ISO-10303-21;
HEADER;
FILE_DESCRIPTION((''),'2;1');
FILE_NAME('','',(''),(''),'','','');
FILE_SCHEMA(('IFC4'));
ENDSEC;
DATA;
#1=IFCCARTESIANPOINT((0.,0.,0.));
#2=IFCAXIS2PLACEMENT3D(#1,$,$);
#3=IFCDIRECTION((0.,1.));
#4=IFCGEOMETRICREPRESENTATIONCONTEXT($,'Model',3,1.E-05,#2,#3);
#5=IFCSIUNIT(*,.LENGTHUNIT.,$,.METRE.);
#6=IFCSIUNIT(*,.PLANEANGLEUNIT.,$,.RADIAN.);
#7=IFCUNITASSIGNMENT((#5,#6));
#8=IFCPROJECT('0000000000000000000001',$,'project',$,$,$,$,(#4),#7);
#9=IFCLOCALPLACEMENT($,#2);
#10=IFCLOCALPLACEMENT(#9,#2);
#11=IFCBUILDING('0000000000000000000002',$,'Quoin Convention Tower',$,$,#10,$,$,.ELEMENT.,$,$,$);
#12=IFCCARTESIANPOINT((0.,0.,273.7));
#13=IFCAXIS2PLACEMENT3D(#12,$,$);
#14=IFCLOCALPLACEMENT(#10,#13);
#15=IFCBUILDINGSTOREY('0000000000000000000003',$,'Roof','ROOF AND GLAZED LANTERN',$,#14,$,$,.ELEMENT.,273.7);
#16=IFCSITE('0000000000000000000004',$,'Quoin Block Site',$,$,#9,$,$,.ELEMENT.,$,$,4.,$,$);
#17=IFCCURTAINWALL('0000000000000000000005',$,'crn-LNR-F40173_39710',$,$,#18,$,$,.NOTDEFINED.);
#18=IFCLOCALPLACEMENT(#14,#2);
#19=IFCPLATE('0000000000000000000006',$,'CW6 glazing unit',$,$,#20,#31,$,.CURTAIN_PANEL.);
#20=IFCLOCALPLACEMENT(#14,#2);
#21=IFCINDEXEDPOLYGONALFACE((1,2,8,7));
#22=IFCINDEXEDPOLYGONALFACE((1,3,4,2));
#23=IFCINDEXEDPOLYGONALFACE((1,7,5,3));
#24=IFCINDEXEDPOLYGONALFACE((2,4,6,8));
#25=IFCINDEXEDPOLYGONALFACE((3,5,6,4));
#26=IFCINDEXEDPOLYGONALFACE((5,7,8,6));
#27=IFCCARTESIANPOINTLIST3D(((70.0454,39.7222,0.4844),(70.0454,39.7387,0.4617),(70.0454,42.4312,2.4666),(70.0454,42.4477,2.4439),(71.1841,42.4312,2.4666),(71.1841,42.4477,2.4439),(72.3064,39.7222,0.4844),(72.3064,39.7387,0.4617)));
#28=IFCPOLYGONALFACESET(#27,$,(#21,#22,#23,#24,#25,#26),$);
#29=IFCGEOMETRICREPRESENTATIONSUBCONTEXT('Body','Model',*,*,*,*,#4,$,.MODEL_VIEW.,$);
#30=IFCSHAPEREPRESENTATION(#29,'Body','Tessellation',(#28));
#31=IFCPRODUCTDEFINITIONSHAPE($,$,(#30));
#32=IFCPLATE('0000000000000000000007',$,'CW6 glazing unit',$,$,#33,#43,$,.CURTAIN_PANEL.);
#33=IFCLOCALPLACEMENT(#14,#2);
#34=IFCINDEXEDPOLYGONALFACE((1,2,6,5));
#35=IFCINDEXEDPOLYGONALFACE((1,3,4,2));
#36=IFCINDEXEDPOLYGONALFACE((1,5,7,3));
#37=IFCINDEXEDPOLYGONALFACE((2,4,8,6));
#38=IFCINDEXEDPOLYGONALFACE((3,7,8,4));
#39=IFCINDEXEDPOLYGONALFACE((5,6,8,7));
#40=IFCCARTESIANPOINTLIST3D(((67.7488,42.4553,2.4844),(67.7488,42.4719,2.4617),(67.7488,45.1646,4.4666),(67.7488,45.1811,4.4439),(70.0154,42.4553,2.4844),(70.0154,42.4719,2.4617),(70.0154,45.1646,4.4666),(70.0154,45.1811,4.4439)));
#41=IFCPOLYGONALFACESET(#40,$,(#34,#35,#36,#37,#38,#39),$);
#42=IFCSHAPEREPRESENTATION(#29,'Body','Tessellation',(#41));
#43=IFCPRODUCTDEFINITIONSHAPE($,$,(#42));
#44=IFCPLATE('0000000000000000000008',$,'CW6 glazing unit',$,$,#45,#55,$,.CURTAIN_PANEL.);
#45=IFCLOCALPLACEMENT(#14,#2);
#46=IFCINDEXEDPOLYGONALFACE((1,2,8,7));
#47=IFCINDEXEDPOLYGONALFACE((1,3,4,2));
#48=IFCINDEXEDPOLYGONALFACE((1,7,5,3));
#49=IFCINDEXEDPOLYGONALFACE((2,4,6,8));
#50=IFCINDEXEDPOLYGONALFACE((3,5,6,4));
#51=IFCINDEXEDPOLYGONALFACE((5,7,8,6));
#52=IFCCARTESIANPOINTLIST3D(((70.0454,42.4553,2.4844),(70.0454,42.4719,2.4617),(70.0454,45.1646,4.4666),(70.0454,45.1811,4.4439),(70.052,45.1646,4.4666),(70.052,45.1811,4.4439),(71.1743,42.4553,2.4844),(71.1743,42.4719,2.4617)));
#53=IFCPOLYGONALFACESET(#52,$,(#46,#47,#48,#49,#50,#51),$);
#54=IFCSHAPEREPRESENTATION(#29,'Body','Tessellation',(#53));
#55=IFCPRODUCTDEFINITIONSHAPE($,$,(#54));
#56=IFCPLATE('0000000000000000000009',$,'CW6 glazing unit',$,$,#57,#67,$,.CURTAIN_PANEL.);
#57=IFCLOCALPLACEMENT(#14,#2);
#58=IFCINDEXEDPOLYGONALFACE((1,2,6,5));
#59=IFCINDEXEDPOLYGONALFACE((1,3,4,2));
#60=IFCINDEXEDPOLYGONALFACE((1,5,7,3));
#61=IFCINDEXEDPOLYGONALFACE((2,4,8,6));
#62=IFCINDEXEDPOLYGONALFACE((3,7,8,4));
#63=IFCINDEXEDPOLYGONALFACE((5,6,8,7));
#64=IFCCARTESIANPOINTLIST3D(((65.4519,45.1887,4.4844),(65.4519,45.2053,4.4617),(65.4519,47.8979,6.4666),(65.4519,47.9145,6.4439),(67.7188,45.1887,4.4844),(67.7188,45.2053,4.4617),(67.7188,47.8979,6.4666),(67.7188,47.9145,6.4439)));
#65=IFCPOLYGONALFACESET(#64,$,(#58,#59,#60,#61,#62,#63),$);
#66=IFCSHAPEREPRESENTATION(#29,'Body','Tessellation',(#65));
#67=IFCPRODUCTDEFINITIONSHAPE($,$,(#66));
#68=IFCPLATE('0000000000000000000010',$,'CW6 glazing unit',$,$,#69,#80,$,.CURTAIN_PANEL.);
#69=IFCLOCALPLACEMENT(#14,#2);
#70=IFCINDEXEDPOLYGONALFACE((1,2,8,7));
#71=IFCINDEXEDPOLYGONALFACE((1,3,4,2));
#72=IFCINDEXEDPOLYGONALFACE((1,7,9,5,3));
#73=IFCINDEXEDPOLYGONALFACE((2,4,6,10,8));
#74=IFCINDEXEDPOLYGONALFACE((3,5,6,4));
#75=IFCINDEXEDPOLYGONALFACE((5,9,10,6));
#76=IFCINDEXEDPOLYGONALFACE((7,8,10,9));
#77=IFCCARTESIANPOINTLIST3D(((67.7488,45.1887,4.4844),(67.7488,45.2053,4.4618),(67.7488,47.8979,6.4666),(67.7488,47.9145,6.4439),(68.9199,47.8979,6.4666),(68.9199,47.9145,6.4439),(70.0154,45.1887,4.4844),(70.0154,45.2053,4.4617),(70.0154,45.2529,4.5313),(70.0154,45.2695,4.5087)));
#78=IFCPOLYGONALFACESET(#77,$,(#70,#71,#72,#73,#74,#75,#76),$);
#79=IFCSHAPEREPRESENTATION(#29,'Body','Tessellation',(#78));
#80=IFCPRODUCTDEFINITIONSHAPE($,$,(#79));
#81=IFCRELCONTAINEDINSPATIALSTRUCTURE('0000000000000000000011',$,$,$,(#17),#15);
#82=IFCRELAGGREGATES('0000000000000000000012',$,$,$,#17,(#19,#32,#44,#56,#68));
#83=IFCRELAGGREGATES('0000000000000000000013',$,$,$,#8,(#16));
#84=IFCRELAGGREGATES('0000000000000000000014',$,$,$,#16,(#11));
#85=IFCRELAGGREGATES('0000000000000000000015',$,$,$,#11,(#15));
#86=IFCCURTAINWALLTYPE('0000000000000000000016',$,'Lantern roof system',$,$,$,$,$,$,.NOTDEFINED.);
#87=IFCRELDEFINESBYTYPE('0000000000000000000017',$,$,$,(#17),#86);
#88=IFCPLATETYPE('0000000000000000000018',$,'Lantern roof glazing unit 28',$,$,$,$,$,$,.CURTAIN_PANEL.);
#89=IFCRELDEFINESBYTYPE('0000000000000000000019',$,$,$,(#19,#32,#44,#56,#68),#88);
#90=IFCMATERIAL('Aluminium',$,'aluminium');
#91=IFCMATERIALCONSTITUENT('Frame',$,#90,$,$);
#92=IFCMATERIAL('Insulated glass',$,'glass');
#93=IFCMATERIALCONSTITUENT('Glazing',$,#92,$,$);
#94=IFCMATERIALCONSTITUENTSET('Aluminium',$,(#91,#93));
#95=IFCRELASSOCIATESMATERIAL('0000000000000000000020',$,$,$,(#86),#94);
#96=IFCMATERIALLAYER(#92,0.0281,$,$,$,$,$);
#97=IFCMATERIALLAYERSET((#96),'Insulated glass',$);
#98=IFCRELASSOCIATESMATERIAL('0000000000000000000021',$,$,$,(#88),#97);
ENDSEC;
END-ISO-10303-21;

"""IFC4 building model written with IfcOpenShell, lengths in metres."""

from ifc_helpers import new_model, si_unit, direction, frame, origin, place, context, subcontext, project, spatial, polyline, outline, extrude, material, layer, layer_set, constituent, constituent_set, type_object, element, aggregate, save


model = new_model("IFC4")

# Units and contexts
model_context = context("Model", 3, precision=1e-05, world=origin(), true_north=direction((0.0, 1.0)))
body_context = subcontext(model_context, "Body", "Model", "MODEL_VIEW")
ifc_project = project(units=[si_unit("LENGTHUNIT", "METRE"), si_unit("PLANEANGLEUNIT", "RADIAN")], contexts=[model_context])

# Site, building, storey
site_placement = place(None, origin())
site = spatial("IfcSite", under=ifc_project, at=site_placement, Name="Quoin Block Site", CompositionType="ELEMENT", RefElevation=4.0)
building_placement = place(site_placement, origin())
building = spatial("IfcBuilding", under=site, at=building_placement, Name="Quoin Convention Tower", CompositionType="ELEMENT")
storey_placement = place(building_placement, frame((0.0, 0.0, 273.7)))
storey = spatial("IfcBuildingStorey", under=building, at=storey_placement, Name="Roof", Description="ROOF AND GLAZED LANTERN", CompositionType="ELEMENT", Elevation=273.7)

# Curtain wall
ifc_material_1 = material(Name="Aluminium", Category="aluminium")
ifc_constituent_1 = constituent(ifc_material_1, Name="Frame")
ifc_material_2 = material(Name="Insulated glass", Category="glass")
ifc_constituent_2 = constituent(ifc_material_2, Name="Glazing")
ifc_constituent_set = constituent_set(constituents=[ifc_constituent_1, ifc_constituent_2], Name="Aluminium")
curtain_wall_type = type_object("IfcCurtainWallType", Name="Lantern roof system", PredefinedType="NOTDEFINED", material=ifc_constituent_set)
curtain_wall_1_placement = place(storey_placement, origin())
curtain_wall_1 = element("IfcCurtainWall", 1, at=curtain_wall_1_placement, inside=storey, type_object=curtain_wall_type, Name="crn-LNR-F40173_39710", PredefinedType="NOTDEFINED")

# Plates
ifc_layer = layer(ifc_material_2, 0.0281)
ifc_layer_set = layer_set([ifc_layer], Name="Insulated glass")
plate_type = type_object("IfcPlateType", Name="Lantern roof glazing unit 28", PredefinedType="CURTAIN_PANEL", material=ifc_layer_set)
plate_1_placement = place(storey_placement, frame((70.0454, 42.4312, 2.4666), z_axis=(0.0, -0.590509, 0.807031), x_axis=(1.0, 0.0, 0.0)))
plate_1 = element("IfcPlate", 2, at=plate_1_placement, type_object=plate_type, Name="CW6 glazing unit", PredefinedType="CURTAIN_PANEL", context=body_context, shape_type="SweptSolid", body=[
    extrude(outline(polyline([(0.0, 0.0), (1.1387, 0.0), (2.261, -3.3567), (0.0, -3.3567), (0.0, 0.0)])), origin(), (0.0, 0.0, -1.0), 0.0281),
])
plate_2_placement = place(storey_placement, frame((67.7488, 42.4553, 2.4844), z_axis=(0.0, -0.590474, 0.807057), x_axis=(0.0, 0.807057, 0.590474)))
plate_2 = element("IfcPlate", 3, at=plate_2_placement, type_object=plate_type, Name="CW6 glazing unit", PredefinedType="CURTAIN_PANEL", context=body_context, shape_type="SweptSolid", body=[
    extrude(outline(polyline([(0.0, 0.0), (3.3569, 0.0), (3.3569, -2.2666), (0.0, -2.2666), (0.0, 0.0)])), origin(), (0.0, 0.0, -1.0), 0.0281),
])
plate_3_placement = place(storey_placement, frame((70.0454, 42.4553, 2.4844), z_axis=(0.0, -0.590474, 0.807057), x_axis=(0.0, 0.807057, 0.590474)))
plate_3 = element("IfcPlate", 4, at=plate_3_placement, type_object=plate_type, Name="CW6 glazing unit", PredefinedType="CURTAIN_PANEL", context=body_context, shape_type="SweptSolid", body=[
    extrude(outline(polyline([(0.0, 0.0), (3.3569, 0.0), (3.3569, -0.0066), (0.0, -1.1289), (0.0, 0.0)])), origin(), (0.0, 0.0, -1.0), 0.0281),
])
plate_4_placement = place(storey_placement, frame((67.7188, 45.1887, 4.4844), z_axis=(0.0, -0.590474, 0.807057), x_axis=(-1.0, 0.0, 0.0)))
plate_4 = element("IfcPlate", 5, at=plate_4_placement, type_object=plate_type, Name="CW6 glazing unit", PredefinedType="CURTAIN_PANEL", context=body_context, shape_type="SweptSolid", body=[
    extrude(outline(polyline([(0.0, 0.0), (2.2668, 0.0), (2.2668, -3.3569), (0.0, -3.3569), (0.0, 0.0)])), origin(), (0.0, 0.0, -1.0), 0.0281),
])
plate_5_placement = place(storey_placement, frame((70.0154, 45.1887, 4.4844), z_axis=(0.000024, -0.590468, 0.807061), x_axis=(-1.0, -0.000014, 0.000019)))
plate_5 = element("IfcPlate", 6, at=plate_5_placement, type_object=plate_type, Name="CW6 glazing unit", PredefinedType="CURTAIN_PANEL", context=body_context, shape_type="SweptSolid", body=[
    extrude(outline(polyline([(0.0, 0.0), (2.2666, 0.0), (2.2666, -3.3569), (1.0955, -3.3569), (0.0, -0.0795), (0.0, 0.0)])), origin(), (0.0, 0.0, -1.0), 0.0281),
])
aggregate(curtain_wall_1, [plate_1, plate_2, plate_3, plate_4, plate_5])

save(model, "model.ifc")
